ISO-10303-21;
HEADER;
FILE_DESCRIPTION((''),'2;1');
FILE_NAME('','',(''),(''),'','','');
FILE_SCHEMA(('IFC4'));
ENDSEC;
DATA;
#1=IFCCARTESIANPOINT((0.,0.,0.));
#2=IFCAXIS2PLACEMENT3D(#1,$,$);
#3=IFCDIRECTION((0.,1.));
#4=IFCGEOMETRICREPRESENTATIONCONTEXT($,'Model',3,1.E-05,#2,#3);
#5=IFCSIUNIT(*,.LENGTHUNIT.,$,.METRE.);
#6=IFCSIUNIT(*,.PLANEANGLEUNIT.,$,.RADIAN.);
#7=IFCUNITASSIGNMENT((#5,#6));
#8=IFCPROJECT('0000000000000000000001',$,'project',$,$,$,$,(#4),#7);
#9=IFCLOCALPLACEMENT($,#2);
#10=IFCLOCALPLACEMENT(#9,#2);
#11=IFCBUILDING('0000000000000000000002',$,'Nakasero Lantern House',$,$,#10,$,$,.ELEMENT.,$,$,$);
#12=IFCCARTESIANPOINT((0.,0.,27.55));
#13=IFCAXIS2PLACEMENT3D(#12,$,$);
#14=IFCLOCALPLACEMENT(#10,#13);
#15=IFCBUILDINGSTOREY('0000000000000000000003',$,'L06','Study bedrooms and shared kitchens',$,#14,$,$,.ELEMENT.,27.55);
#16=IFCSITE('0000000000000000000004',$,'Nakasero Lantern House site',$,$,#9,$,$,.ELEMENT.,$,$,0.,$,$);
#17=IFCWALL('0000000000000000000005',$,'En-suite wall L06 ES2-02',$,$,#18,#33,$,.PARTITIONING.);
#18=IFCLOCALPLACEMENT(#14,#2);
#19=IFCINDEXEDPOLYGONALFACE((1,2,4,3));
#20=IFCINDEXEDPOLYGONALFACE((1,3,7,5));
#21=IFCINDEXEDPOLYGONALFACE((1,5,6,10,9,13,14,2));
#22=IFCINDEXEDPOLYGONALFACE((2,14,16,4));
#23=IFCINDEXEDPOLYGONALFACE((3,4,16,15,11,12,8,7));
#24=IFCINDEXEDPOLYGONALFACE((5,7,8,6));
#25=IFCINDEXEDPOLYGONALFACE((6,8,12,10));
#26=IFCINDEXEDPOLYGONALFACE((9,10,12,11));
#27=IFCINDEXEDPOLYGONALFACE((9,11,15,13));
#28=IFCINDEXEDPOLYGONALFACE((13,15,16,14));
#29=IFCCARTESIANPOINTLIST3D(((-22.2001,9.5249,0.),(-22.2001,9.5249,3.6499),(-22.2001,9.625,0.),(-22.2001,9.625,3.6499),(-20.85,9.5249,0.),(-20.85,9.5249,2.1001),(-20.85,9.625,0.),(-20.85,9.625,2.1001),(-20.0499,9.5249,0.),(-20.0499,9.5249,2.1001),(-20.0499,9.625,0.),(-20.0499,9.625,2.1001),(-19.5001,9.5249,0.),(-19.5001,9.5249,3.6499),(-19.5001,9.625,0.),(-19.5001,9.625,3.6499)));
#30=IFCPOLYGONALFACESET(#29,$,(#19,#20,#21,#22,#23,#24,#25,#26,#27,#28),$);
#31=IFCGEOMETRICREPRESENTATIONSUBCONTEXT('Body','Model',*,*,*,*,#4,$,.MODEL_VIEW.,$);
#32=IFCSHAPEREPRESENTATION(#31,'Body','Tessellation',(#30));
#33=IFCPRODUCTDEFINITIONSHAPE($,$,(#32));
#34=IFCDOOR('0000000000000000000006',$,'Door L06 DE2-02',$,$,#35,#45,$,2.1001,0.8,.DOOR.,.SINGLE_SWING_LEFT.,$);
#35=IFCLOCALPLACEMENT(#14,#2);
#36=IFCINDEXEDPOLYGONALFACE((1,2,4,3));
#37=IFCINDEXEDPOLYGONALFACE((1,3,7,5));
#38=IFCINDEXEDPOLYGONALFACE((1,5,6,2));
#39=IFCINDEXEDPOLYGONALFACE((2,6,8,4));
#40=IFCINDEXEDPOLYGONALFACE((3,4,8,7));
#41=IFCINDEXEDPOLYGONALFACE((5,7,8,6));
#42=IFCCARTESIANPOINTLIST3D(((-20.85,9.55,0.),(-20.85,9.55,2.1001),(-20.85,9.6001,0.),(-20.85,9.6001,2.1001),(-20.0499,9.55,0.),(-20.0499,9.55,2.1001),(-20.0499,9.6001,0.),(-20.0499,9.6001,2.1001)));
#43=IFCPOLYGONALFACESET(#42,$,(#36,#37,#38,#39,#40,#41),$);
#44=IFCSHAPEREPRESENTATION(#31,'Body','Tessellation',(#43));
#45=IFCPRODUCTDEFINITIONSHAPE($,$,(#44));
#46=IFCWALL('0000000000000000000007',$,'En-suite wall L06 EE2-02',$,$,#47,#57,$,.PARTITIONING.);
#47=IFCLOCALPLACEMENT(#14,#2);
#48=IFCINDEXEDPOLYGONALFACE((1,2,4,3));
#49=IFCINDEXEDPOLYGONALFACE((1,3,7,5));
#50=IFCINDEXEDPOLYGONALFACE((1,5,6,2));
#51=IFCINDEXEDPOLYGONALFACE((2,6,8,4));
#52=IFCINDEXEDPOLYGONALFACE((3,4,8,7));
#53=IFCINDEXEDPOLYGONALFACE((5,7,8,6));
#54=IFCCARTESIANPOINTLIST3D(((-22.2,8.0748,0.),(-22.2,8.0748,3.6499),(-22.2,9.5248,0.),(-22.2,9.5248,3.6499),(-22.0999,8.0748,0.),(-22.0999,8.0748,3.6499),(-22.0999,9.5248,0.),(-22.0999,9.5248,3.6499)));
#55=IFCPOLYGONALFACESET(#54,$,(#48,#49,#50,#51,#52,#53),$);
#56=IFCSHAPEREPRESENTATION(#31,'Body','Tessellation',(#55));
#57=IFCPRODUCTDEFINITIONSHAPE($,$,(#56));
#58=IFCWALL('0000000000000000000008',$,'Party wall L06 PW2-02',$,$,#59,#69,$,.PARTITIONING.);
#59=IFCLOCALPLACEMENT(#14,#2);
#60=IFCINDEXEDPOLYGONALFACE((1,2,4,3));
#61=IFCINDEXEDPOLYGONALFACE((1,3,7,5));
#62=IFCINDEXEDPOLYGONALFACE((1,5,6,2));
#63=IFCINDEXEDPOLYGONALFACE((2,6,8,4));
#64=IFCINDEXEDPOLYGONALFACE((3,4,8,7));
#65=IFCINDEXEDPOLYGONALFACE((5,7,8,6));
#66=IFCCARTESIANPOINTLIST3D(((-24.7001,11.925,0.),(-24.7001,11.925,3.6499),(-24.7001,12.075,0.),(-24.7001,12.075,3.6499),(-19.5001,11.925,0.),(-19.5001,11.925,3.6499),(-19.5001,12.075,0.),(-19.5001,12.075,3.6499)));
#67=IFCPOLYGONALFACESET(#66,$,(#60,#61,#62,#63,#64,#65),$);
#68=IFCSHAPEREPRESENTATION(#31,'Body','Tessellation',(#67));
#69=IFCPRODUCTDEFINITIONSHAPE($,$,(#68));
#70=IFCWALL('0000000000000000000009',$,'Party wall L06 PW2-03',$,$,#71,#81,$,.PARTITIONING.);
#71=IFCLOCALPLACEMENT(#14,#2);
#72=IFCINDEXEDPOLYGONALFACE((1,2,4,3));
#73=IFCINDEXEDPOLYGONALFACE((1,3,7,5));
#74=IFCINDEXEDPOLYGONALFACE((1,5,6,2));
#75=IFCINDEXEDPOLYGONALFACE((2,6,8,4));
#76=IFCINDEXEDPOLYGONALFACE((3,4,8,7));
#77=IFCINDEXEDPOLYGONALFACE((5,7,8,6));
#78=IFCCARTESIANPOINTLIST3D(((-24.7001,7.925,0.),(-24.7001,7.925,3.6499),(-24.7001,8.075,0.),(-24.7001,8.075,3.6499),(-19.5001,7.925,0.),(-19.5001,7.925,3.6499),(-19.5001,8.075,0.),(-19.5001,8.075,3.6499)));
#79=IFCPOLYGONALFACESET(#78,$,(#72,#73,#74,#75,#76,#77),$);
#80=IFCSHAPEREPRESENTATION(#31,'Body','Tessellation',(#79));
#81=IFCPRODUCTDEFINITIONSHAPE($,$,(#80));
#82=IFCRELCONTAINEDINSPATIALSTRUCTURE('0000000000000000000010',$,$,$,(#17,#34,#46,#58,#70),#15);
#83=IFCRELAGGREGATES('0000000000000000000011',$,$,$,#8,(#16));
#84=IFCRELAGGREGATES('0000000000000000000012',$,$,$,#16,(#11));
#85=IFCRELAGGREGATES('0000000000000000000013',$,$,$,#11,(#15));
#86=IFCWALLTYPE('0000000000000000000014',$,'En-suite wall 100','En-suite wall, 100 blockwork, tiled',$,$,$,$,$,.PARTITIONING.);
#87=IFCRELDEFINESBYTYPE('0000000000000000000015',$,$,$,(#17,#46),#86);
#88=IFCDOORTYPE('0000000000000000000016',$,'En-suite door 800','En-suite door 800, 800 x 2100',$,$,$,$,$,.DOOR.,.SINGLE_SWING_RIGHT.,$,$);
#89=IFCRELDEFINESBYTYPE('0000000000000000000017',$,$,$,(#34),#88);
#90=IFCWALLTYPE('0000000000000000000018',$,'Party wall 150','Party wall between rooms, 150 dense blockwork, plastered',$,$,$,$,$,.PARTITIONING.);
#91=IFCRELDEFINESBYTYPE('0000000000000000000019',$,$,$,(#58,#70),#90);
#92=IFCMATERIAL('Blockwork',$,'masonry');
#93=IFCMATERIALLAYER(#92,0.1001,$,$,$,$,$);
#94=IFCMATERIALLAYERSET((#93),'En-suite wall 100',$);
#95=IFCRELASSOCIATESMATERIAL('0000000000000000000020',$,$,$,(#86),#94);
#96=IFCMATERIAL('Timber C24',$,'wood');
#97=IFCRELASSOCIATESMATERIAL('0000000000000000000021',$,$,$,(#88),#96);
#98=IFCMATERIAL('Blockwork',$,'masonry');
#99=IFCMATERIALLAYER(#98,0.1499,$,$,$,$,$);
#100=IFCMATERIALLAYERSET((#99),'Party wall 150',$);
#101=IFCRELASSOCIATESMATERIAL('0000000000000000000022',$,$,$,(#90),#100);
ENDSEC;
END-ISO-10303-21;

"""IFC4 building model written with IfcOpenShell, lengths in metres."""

from ifc_helpers import new_model, si_unit, direction, frame, frame_2d, origin, place, context, subcontext, project, spatial, rectangle, extrude, material, layer, layer_set, type_object, element, fill, save


model = new_model("IFC4")

# Units and contexts
model_context = context("Model", 3, precision=1e-05, world=origin(), true_north=direction((0.0, 1.0)))
body_context = subcontext(model_context, "Body", "Model", "MODEL_VIEW")
ifc_project = project(units=[si_unit("LENGTHUNIT", "METRE"), si_unit("PLANEANGLEUNIT", "RADIAN")], contexts=[model_context])

# Site, building, storey
site_placement = place(None, origin())
site = spatial("IfcSite", under=ifc_project, at=site_placement, Name="Nakasero Lantern House site", CompositionType="ELEMENT", RefElevation=0.0)
building_placement = place(site_placement, origin())
building = spatial("IfcBuilding", under=site, at=building_placement, Name="Nakasero Lantern House", CompositionType="ELEMENT")
storey_placement = place(building_placement, frame((0.0, 0.0, 27.55)))
storey = spatial("IfcBuildingStorey", under=building, at=storey_placement, Name="L06", Description="Study bedrooms and shared kitchens", CompositionType="ELEMENT", Elevation=27.55)

# Shared definitions
ifc_material_1 = material(Name="Blockwork", Category="masonry")
ifc_layer_1 = layer(ifc_material_1, 0.1001)
ifc_layer_set_1 = layer_set([ifc_layer_1], Name="En-suite wall 100")
wall_type_1 = type_object("IfcWallType", Name="En-suite wall 100", Description="En-suite wall, 100 blockwork, tiled", PredefinedType="PARTITIONING", material=ifc_layer_set_1)

# Shared definitions
ifc_material_2 = material(Name="Timber C24", Category="wood")
door_type_1 = type_object("IfcDoorType", Name="En-suite door 800", Description="En-suite door 800, 800 x 2100", OperationType="SINGLE_SWING_RIGHT", PredefinedType="DOOR", material=ifc_material_2)

# Wall, opening, door
wall_1_placement = place(storey_placement, frame((-19.5, 9.575, 0.0), z_axis=(0.0, 0.0, 1.0), x_axis=(-1.0, 0.0, 0.0)))
wall_1 = element("IfcWall", 1, at=wall_1_placement, inside=storey, type_object=wall_type_1, Name="En-suite wall L06 ES2-02", PredefinedType="PARTITIONING", context=body_context, shape_type="SweptSolid", body=[
    extrude(rectangle(XDim=2.7, YDim=0.1001, at=frame_2d((1.3501, 0.0))), origin(), (0.0, 0.0, 1.0), 3.6499),
])
opening_1_placement = place(wall_1_placement, frame((0.55, 0.0, 0.0)))
opening_1 = element("IfcOpeningElement", 2, at=opening_1_placement, cuts=wall_1, PredefinedType="OPENING", context=body_context, shape_type="SweptSolid", body=[
    extrude(rectangle(XDim=0.8, YDim=2.1001, at=frame_2d((0.3999, 1.05))), frame((0.0, 0.0701, 0.0), z_axis=(0.0, -1.0, 0.0), x_axis=(1.0, 0.0, 0.0)), (0.0, 0.0, 1.0), 0.1401),
])
door_1_placement = place(opening_1_placement, origin())
door_1 = element("IfcDoor", 3, at=door_1_placement, inside=storey, type_object=door_type_1, Name="Door L06 DE2-02", OperationType="SINGLE_SWING_LEFT", OverallHeight=2.1001, OverallWidth=0.8, PredefinedType="DOOR", context=body_context, shape_type="SweptSolid", body=[
    extrude(rectangle(XDim=0.8, YDim=2.1001, at=frame_2d((0.3999, 1.05))), frame((0.0, 0.0249, 0.0), z_axis=(0.0, -1.0, 0.0), x_axis=(1.0, 0.0, 0.0)), (0.0, 0.0, 1.0), 0.05),
])
fill(opening_1, door_1)

# Walls
wall_2_placement = place(storey_placement, frame((-22.1499, 9.5249, 0.0), z_axis=(0.0, 0.0, 1.0), x_axis=(0.0, -1.0, 0.0)))
element("IfcWall", 4, at=wall_2_placement, inside=storey, type_object=wall_type_1, Name="En-suite wall L06 EE2-02", PredefinedType="PARTITIONING", context=body_context, shape_type="SweptSolid", body=[
    extrude(rectangle(XDim=1.45, YDim=0.1001, at=frame_2d((0.7251, 0.0))), origin(), (0.0, 0.0, 1.0), 3.6499),
])
ifc_material_3 = material(Name="Blockwork", Category="masonry")
ifc_layer_2 = layer(ifc_material_3, 0.1499)
ifc_layer_set_2 = layer_set([ifc_layer_2], Name="Party wall 150")
wall_type_2 = type_object("IfcWallType", Name="Party wall 150", Description="Party wall between rooms, 150 dense blockwork, plastered", PredefinedType="PARTITIONING", material=ifc_layer_set_2)
for number, where, z_axis, x_axis, name in (
    (5, (-19.5, 12.0, 0.0), (0.0, 0.0, 1.0), (-1.0, 0.0, 0.0), "Party wall L06 PW2-02"),
    (6, (-19.5, 8.0, 0.0), (0.0, 0.0, 1.0), (-1.0, 0.0, 0.0), "Party wall L06 PW2-03"),
):
    element("IfcWall", number, at=place(storey_placement, frame(where, z_axis=z_axis, x_axis=x_axis)), inside=storey, type_object=wall_type_2, Name=name, PredefinedType="PARTITIONING", context=body_context, shape_type="SweptSolid", body=[
        extrude(rectangle(XDim=5.2, YDim=0.1499, at=frame_2d((2.6001, 0.0))), origin(), (0.0, 0.0, 1.0), 3.6499),
    ])

save(model, "model.ifc")
